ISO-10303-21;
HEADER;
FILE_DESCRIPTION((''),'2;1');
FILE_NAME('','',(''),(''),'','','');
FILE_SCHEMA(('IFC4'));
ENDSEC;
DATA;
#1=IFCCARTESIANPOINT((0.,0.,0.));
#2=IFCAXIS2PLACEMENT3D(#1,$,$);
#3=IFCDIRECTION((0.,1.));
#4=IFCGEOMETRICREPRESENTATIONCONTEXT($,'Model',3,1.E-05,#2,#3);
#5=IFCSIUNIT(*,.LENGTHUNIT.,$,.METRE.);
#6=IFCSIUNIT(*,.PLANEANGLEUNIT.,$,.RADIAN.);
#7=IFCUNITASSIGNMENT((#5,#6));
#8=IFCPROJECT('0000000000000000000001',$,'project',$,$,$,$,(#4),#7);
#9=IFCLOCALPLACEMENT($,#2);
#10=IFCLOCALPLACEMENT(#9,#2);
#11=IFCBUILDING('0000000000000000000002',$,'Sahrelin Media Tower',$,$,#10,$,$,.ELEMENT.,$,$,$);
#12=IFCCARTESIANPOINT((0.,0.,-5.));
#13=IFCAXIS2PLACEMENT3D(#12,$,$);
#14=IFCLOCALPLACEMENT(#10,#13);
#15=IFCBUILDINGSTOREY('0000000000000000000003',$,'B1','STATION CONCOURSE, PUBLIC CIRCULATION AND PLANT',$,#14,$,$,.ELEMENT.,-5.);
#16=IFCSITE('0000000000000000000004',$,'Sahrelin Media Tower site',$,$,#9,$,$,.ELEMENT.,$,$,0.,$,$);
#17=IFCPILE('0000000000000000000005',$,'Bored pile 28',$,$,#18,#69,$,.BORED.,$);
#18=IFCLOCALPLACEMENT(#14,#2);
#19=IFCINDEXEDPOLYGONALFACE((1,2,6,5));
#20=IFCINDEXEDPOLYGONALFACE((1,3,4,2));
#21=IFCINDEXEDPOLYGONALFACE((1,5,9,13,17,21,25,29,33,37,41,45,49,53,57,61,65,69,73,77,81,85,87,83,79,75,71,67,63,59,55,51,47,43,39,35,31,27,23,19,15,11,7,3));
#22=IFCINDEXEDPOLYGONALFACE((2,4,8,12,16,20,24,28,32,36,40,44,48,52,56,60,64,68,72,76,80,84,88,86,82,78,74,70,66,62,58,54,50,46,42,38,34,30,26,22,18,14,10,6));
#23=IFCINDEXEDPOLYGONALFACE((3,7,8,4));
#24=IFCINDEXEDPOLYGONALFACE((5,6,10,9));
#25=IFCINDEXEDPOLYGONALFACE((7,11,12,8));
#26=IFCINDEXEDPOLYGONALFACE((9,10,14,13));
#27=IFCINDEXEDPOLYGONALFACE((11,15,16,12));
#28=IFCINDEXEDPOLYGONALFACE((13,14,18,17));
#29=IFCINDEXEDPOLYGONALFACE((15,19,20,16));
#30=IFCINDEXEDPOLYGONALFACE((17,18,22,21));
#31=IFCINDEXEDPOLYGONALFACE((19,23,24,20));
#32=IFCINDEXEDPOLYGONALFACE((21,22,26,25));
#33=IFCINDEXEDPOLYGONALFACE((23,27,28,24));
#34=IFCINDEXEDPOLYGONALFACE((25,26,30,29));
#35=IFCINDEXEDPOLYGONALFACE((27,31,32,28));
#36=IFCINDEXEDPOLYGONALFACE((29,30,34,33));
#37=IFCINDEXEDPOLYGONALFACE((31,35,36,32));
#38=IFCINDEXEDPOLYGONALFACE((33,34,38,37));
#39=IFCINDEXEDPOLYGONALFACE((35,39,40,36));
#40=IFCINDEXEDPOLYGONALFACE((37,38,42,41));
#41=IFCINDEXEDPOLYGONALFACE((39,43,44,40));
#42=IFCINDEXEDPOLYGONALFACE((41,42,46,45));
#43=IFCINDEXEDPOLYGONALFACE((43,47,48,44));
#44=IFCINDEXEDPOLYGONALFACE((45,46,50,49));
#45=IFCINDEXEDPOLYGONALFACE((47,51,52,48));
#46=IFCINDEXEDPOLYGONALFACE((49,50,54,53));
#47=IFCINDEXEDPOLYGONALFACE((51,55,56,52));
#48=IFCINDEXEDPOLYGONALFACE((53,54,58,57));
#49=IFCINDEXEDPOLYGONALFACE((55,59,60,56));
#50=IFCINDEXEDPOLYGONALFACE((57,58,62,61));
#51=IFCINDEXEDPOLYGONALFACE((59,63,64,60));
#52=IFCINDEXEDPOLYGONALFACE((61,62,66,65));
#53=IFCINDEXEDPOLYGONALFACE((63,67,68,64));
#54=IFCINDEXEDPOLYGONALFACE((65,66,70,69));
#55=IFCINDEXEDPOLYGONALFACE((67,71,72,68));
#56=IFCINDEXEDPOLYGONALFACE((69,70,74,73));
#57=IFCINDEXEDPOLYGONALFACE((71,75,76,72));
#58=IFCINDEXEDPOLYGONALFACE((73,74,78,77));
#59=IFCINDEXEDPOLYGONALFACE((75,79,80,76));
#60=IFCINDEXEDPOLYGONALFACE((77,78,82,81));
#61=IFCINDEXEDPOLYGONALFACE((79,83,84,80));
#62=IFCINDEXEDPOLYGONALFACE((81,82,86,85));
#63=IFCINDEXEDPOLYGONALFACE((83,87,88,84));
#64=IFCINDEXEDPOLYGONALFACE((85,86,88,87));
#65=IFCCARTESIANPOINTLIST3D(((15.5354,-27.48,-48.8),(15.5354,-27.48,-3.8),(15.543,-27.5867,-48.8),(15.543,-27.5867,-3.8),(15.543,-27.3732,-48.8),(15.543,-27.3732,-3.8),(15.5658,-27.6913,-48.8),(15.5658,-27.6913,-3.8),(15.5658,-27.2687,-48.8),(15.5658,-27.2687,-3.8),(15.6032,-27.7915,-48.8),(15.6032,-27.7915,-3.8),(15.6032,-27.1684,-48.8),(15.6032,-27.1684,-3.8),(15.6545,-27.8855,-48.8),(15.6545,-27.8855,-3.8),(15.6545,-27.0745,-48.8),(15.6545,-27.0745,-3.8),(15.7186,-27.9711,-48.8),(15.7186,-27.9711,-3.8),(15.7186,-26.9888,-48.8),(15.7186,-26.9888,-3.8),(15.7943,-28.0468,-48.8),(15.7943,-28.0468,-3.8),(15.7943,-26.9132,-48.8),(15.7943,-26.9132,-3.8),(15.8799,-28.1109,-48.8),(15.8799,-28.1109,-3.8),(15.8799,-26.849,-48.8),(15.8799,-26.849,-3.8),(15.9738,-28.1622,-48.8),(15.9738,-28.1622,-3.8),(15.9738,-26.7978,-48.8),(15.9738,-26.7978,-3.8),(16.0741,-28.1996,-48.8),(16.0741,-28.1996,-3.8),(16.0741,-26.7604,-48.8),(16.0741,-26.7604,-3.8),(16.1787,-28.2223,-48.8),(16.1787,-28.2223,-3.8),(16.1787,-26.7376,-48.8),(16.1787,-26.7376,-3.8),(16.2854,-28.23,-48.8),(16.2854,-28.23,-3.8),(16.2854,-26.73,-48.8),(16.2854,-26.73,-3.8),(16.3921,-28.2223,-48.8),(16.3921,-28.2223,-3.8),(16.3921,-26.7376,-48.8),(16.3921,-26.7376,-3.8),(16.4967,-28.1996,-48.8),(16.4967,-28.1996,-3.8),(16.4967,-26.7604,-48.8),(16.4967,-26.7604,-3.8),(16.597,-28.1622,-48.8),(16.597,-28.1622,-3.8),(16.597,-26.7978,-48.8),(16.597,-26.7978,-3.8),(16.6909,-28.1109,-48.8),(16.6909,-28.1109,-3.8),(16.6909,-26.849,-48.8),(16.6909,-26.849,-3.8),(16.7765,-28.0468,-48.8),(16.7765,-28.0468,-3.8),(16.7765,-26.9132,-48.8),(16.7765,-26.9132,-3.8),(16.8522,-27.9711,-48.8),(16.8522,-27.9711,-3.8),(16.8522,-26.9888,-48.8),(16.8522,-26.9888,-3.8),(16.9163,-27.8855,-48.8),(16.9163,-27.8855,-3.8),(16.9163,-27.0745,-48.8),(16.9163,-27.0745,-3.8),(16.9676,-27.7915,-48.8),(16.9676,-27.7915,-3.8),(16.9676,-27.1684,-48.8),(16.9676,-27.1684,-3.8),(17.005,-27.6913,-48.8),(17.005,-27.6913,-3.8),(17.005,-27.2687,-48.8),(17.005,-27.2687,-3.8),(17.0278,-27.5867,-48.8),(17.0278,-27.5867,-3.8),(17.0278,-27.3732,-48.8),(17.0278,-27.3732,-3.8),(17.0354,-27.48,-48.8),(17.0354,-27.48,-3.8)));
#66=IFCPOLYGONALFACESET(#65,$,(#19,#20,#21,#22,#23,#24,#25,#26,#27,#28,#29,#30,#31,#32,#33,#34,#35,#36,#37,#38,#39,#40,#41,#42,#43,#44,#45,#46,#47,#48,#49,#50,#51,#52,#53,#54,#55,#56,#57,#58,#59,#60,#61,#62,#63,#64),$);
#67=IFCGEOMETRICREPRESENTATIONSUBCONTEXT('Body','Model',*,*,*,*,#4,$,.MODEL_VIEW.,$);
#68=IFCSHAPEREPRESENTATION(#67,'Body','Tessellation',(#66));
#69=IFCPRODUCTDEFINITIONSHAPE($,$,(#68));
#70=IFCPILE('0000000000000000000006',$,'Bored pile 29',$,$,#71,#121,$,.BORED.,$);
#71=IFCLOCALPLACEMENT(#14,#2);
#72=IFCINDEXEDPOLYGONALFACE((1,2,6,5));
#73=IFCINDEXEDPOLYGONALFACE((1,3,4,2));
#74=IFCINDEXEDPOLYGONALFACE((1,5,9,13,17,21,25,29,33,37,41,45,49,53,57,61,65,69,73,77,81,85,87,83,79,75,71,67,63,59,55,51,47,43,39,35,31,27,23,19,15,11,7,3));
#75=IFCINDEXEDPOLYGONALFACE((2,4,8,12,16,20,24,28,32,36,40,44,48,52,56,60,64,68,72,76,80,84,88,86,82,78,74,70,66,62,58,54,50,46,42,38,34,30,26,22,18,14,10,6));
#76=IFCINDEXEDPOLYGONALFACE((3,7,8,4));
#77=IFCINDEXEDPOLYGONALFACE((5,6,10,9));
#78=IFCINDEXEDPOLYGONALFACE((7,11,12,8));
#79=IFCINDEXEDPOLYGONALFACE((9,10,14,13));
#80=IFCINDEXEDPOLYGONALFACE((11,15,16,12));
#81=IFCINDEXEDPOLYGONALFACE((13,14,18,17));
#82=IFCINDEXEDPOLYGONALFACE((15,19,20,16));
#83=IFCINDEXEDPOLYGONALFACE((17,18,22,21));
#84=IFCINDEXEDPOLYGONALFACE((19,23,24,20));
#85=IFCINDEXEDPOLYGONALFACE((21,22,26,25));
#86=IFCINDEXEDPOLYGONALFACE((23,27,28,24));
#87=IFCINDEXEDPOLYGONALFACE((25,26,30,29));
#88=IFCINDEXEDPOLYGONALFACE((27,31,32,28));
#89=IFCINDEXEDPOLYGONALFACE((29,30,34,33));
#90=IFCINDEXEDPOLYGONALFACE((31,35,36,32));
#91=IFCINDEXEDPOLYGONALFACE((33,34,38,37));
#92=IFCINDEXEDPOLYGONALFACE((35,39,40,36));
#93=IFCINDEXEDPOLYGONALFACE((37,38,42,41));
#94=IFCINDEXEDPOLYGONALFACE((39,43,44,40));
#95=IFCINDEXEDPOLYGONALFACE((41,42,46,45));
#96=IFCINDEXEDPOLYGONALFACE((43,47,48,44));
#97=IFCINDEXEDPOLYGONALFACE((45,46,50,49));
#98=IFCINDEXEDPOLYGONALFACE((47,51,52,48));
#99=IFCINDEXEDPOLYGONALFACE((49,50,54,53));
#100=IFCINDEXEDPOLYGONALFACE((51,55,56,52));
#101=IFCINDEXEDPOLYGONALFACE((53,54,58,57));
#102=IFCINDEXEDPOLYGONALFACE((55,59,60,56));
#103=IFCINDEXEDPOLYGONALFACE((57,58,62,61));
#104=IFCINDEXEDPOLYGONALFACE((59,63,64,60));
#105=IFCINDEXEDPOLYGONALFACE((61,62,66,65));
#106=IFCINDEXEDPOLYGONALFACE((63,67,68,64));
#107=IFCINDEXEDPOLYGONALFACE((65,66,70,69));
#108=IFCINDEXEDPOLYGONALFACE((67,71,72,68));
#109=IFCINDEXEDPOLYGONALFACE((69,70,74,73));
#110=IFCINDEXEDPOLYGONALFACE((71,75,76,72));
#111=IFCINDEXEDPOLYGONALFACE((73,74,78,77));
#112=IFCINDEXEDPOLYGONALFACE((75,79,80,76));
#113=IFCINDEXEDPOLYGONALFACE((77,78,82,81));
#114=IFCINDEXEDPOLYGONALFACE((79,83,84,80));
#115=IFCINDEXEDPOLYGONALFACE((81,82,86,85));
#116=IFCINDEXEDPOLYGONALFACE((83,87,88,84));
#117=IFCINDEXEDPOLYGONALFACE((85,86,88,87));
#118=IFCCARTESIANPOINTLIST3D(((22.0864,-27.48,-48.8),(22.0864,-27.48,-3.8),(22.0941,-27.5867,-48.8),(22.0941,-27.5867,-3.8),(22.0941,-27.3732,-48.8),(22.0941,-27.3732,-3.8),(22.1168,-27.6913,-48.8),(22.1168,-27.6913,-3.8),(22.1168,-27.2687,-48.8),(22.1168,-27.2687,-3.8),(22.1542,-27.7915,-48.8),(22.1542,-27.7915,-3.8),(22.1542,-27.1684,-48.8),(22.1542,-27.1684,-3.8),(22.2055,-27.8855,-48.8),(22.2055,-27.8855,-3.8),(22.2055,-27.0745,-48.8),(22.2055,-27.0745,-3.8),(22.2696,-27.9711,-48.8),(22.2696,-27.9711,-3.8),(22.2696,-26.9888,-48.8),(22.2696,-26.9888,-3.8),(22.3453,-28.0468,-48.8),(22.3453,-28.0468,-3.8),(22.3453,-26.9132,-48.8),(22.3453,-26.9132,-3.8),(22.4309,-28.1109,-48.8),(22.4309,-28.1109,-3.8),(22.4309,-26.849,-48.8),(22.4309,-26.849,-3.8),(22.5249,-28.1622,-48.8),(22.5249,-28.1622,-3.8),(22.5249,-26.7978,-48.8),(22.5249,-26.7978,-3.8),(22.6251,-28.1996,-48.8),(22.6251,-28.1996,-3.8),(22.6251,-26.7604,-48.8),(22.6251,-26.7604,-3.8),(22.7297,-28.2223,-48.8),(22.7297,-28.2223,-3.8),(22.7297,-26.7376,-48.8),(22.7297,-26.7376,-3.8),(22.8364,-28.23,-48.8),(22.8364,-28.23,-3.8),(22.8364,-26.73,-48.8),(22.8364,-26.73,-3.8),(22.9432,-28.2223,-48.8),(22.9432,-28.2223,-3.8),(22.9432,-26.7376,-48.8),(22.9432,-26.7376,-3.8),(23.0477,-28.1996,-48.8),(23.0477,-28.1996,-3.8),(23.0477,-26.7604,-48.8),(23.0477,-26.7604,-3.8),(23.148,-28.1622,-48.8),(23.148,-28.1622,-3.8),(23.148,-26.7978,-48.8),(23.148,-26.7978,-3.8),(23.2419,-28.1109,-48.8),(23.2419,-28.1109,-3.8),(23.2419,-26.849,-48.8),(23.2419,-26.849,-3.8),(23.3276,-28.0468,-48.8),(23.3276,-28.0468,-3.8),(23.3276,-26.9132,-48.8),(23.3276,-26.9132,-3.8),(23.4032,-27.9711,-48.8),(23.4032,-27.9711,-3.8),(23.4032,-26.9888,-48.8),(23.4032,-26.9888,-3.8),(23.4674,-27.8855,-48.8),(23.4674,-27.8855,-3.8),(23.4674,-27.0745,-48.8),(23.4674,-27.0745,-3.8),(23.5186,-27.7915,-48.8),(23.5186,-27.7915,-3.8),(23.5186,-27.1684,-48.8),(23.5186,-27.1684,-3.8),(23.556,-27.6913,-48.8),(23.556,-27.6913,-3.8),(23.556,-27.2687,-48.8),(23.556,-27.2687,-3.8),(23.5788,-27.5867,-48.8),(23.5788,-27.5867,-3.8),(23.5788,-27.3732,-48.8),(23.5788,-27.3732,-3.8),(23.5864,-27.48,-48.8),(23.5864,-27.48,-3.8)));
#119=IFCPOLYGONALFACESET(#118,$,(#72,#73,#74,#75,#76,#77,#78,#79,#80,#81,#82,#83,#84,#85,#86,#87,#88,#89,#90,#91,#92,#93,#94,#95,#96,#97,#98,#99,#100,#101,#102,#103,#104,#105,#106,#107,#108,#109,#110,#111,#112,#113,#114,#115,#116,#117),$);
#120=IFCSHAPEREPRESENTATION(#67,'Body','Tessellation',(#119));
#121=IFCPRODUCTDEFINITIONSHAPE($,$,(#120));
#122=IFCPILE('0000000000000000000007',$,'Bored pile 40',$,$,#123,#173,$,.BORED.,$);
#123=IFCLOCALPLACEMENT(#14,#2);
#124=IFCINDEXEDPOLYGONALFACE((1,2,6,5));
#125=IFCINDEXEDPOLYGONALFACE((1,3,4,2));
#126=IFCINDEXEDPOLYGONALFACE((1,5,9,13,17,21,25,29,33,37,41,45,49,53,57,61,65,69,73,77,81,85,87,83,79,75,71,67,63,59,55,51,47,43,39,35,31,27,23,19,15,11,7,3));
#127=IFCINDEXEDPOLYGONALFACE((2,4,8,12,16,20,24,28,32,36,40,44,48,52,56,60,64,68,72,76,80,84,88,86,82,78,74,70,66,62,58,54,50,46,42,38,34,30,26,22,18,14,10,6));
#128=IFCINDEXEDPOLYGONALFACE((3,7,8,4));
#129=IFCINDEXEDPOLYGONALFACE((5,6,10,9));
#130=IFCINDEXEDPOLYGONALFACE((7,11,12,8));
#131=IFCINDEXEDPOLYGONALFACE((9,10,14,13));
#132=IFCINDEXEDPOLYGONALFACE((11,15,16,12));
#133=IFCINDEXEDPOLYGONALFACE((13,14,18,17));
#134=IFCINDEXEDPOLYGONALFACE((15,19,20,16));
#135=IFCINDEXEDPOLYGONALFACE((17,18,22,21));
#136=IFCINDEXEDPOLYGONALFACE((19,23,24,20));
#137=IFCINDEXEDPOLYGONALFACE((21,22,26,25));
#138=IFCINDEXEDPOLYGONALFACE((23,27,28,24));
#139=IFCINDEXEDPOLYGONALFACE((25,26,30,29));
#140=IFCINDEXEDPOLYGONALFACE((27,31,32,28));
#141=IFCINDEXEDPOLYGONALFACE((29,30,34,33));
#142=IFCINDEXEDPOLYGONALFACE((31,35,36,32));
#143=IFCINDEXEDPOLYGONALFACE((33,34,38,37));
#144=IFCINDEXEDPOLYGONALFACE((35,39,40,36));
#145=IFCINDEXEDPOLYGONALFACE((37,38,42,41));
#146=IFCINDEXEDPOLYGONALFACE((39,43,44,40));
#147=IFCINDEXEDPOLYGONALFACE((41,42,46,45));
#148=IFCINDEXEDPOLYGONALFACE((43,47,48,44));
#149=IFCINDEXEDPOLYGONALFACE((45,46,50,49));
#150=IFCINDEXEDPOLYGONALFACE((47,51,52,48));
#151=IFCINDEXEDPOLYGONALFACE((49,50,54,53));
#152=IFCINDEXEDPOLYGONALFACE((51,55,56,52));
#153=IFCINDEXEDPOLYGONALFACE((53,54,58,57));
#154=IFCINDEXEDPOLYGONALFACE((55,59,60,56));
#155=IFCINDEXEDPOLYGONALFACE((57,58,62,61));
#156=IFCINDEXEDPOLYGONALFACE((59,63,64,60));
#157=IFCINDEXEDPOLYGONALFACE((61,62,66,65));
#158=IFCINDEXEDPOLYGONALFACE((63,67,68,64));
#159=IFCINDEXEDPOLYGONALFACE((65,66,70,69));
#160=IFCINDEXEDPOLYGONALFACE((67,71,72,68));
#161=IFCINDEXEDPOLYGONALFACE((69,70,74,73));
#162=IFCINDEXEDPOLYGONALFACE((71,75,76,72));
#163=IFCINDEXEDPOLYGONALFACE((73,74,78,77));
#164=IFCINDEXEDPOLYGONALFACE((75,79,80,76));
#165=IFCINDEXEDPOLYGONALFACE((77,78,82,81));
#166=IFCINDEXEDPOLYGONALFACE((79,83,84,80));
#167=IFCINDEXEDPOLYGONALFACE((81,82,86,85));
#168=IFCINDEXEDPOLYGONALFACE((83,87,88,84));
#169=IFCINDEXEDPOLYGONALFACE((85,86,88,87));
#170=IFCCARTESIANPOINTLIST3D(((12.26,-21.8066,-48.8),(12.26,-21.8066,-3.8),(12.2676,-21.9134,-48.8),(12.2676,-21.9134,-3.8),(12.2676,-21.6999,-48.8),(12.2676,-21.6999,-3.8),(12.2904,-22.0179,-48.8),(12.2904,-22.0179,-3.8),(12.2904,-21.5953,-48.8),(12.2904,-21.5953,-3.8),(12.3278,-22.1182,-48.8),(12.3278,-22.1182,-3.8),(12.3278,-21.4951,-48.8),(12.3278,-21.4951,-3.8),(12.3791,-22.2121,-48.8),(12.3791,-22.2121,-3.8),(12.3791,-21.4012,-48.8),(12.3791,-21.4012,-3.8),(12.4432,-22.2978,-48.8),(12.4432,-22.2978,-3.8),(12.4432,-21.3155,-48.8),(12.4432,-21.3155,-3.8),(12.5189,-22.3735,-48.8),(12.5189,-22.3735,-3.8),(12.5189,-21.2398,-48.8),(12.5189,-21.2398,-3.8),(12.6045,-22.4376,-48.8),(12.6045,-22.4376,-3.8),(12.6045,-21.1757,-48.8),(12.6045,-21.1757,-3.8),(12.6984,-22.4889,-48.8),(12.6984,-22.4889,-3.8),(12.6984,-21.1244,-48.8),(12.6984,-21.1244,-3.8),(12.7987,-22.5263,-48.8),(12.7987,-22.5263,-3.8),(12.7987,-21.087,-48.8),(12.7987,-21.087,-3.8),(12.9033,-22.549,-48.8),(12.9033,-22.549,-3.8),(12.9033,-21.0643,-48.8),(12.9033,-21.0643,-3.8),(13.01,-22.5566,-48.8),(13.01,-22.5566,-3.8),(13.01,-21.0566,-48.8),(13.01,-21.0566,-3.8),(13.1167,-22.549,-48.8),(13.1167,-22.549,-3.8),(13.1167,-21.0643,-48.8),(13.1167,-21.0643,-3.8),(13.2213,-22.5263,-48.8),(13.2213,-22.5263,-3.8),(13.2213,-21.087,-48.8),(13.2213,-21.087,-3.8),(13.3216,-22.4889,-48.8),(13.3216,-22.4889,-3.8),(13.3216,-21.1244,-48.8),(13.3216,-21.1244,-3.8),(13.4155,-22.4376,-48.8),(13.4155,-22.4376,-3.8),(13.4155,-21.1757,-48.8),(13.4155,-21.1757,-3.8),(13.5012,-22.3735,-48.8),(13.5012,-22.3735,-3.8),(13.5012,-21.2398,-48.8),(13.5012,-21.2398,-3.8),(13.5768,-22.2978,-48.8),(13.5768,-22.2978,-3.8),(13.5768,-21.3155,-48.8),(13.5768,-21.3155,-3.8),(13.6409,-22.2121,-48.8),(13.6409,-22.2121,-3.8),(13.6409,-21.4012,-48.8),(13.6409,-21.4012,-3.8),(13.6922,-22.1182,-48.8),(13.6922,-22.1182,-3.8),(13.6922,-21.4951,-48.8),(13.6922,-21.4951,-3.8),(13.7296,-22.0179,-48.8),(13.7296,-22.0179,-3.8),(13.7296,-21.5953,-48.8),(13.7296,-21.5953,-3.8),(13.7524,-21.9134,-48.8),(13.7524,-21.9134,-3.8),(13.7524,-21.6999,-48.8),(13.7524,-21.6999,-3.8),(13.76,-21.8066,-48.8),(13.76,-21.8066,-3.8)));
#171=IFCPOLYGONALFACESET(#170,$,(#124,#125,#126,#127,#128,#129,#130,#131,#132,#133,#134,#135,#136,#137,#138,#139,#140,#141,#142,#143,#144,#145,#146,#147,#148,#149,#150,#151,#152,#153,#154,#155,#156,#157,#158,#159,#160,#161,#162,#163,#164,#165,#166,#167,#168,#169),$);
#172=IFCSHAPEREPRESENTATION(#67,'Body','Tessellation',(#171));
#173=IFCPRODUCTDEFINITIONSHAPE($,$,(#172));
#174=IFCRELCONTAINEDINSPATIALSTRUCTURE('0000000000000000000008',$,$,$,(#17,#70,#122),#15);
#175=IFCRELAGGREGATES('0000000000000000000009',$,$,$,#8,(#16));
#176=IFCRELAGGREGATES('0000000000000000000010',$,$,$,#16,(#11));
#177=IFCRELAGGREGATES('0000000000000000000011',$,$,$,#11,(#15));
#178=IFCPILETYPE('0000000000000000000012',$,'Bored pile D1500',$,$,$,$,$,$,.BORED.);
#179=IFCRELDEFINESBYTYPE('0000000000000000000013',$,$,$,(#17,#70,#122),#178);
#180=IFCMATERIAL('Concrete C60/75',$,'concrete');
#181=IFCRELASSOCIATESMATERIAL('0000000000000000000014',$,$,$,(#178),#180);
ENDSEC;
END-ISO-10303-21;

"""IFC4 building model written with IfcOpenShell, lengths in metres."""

from ifc_helpers import new_model, si_unit, direction, frame, origin, origin_2d, place, context, subcontext, project, spatial, circle, extrude, material, material_profile, profile_set, type_object, element, save


model = new_model("IFC4")

# Units and contexts
model_context = context("Model", 3, precision=1e-05, world=origin(), true_north=direction((0.0, 1.0)))
body_context = subcontext(model_context, "Body", "Model", "MODEL_VIEW")
ifc_project = project(units=[si_unit("LENGTHUNIT", "METRE"), si_unit("PLANEANGLEUNIT", "RADIAN")], contexts=[model_context])

# Site, building, storey
site_placement = place(None, origin())
site = spatial("IfcSite", under=ifc_project, at=site_placement, Name="Sahrelin Media Tower site", CompositionType="ELEMENT", RefElevation=0.0)
building_placement = place(site_placement, origin())
building = spatial("IfcBuilding", under=site, at=building_placement, Name="Sahrelin Media Tower", CompositionType="ELEMENT")
storey_placement = place(building_placement, frame((0.0, 0.0, -5.0)))
storey = spatial("IfcBuildingStorey", under=building, at=storey_placement, Name="B1", Description="STATION CONCOURSE, PUBLIC CIRCULATION AND PLANT", CompositionType="ELEMENT", Elevation=-5.0)

# Piles
ifc_material_1 = material(Name="Concrete C60/75", Category="concrete")
ifc_material_profile_1 = material_profile(ifc_material_1, circle(Radius=0.75, at=origin_2d()), Name="Bored pile D1500")
ifc_profile_set_1 = profile_set([ifc_material_profile_1], Name="Concrete C60/75")
pile_type = type_object("IfcPileType", Name="Bored pile D1500", PredefinedType="BORED", material=ifc_profile_set_1)
for number, where, z_axis, x_axis, name in (
    (1, (16.2854, -27.48, -3.8), (0.0, 0.0, -1.0), (1.0, 0.0, 0.0), "Bored pile 28"),
    (2, (22.8364, -27.48, -3.8), (0.0, 0.0, -1.0), (1.0, 0.0, 0.0), "Bored pile 29"),
    (3, (13.01, -21.8066, -3.8), (0.0, 0.0, -1.0), (1.0, 0.0, 0.0), "Bored pile 40"),
):
    element("IfcPile", number, at=place(storey_placement, frame(where, z_axis=z_axis, x_axis=x_axis)), inside=storey, type_object=pile_type, Name=name, PredefinedType="BORED", context=body_context, shape_type="SweptSolid", body=[
        extrude(circle(Radius=0.75, at=origin_2d()), origin(), (0.0, 0.0, 1.0), 45.0),
    ])

save(model, "model.ifc")
